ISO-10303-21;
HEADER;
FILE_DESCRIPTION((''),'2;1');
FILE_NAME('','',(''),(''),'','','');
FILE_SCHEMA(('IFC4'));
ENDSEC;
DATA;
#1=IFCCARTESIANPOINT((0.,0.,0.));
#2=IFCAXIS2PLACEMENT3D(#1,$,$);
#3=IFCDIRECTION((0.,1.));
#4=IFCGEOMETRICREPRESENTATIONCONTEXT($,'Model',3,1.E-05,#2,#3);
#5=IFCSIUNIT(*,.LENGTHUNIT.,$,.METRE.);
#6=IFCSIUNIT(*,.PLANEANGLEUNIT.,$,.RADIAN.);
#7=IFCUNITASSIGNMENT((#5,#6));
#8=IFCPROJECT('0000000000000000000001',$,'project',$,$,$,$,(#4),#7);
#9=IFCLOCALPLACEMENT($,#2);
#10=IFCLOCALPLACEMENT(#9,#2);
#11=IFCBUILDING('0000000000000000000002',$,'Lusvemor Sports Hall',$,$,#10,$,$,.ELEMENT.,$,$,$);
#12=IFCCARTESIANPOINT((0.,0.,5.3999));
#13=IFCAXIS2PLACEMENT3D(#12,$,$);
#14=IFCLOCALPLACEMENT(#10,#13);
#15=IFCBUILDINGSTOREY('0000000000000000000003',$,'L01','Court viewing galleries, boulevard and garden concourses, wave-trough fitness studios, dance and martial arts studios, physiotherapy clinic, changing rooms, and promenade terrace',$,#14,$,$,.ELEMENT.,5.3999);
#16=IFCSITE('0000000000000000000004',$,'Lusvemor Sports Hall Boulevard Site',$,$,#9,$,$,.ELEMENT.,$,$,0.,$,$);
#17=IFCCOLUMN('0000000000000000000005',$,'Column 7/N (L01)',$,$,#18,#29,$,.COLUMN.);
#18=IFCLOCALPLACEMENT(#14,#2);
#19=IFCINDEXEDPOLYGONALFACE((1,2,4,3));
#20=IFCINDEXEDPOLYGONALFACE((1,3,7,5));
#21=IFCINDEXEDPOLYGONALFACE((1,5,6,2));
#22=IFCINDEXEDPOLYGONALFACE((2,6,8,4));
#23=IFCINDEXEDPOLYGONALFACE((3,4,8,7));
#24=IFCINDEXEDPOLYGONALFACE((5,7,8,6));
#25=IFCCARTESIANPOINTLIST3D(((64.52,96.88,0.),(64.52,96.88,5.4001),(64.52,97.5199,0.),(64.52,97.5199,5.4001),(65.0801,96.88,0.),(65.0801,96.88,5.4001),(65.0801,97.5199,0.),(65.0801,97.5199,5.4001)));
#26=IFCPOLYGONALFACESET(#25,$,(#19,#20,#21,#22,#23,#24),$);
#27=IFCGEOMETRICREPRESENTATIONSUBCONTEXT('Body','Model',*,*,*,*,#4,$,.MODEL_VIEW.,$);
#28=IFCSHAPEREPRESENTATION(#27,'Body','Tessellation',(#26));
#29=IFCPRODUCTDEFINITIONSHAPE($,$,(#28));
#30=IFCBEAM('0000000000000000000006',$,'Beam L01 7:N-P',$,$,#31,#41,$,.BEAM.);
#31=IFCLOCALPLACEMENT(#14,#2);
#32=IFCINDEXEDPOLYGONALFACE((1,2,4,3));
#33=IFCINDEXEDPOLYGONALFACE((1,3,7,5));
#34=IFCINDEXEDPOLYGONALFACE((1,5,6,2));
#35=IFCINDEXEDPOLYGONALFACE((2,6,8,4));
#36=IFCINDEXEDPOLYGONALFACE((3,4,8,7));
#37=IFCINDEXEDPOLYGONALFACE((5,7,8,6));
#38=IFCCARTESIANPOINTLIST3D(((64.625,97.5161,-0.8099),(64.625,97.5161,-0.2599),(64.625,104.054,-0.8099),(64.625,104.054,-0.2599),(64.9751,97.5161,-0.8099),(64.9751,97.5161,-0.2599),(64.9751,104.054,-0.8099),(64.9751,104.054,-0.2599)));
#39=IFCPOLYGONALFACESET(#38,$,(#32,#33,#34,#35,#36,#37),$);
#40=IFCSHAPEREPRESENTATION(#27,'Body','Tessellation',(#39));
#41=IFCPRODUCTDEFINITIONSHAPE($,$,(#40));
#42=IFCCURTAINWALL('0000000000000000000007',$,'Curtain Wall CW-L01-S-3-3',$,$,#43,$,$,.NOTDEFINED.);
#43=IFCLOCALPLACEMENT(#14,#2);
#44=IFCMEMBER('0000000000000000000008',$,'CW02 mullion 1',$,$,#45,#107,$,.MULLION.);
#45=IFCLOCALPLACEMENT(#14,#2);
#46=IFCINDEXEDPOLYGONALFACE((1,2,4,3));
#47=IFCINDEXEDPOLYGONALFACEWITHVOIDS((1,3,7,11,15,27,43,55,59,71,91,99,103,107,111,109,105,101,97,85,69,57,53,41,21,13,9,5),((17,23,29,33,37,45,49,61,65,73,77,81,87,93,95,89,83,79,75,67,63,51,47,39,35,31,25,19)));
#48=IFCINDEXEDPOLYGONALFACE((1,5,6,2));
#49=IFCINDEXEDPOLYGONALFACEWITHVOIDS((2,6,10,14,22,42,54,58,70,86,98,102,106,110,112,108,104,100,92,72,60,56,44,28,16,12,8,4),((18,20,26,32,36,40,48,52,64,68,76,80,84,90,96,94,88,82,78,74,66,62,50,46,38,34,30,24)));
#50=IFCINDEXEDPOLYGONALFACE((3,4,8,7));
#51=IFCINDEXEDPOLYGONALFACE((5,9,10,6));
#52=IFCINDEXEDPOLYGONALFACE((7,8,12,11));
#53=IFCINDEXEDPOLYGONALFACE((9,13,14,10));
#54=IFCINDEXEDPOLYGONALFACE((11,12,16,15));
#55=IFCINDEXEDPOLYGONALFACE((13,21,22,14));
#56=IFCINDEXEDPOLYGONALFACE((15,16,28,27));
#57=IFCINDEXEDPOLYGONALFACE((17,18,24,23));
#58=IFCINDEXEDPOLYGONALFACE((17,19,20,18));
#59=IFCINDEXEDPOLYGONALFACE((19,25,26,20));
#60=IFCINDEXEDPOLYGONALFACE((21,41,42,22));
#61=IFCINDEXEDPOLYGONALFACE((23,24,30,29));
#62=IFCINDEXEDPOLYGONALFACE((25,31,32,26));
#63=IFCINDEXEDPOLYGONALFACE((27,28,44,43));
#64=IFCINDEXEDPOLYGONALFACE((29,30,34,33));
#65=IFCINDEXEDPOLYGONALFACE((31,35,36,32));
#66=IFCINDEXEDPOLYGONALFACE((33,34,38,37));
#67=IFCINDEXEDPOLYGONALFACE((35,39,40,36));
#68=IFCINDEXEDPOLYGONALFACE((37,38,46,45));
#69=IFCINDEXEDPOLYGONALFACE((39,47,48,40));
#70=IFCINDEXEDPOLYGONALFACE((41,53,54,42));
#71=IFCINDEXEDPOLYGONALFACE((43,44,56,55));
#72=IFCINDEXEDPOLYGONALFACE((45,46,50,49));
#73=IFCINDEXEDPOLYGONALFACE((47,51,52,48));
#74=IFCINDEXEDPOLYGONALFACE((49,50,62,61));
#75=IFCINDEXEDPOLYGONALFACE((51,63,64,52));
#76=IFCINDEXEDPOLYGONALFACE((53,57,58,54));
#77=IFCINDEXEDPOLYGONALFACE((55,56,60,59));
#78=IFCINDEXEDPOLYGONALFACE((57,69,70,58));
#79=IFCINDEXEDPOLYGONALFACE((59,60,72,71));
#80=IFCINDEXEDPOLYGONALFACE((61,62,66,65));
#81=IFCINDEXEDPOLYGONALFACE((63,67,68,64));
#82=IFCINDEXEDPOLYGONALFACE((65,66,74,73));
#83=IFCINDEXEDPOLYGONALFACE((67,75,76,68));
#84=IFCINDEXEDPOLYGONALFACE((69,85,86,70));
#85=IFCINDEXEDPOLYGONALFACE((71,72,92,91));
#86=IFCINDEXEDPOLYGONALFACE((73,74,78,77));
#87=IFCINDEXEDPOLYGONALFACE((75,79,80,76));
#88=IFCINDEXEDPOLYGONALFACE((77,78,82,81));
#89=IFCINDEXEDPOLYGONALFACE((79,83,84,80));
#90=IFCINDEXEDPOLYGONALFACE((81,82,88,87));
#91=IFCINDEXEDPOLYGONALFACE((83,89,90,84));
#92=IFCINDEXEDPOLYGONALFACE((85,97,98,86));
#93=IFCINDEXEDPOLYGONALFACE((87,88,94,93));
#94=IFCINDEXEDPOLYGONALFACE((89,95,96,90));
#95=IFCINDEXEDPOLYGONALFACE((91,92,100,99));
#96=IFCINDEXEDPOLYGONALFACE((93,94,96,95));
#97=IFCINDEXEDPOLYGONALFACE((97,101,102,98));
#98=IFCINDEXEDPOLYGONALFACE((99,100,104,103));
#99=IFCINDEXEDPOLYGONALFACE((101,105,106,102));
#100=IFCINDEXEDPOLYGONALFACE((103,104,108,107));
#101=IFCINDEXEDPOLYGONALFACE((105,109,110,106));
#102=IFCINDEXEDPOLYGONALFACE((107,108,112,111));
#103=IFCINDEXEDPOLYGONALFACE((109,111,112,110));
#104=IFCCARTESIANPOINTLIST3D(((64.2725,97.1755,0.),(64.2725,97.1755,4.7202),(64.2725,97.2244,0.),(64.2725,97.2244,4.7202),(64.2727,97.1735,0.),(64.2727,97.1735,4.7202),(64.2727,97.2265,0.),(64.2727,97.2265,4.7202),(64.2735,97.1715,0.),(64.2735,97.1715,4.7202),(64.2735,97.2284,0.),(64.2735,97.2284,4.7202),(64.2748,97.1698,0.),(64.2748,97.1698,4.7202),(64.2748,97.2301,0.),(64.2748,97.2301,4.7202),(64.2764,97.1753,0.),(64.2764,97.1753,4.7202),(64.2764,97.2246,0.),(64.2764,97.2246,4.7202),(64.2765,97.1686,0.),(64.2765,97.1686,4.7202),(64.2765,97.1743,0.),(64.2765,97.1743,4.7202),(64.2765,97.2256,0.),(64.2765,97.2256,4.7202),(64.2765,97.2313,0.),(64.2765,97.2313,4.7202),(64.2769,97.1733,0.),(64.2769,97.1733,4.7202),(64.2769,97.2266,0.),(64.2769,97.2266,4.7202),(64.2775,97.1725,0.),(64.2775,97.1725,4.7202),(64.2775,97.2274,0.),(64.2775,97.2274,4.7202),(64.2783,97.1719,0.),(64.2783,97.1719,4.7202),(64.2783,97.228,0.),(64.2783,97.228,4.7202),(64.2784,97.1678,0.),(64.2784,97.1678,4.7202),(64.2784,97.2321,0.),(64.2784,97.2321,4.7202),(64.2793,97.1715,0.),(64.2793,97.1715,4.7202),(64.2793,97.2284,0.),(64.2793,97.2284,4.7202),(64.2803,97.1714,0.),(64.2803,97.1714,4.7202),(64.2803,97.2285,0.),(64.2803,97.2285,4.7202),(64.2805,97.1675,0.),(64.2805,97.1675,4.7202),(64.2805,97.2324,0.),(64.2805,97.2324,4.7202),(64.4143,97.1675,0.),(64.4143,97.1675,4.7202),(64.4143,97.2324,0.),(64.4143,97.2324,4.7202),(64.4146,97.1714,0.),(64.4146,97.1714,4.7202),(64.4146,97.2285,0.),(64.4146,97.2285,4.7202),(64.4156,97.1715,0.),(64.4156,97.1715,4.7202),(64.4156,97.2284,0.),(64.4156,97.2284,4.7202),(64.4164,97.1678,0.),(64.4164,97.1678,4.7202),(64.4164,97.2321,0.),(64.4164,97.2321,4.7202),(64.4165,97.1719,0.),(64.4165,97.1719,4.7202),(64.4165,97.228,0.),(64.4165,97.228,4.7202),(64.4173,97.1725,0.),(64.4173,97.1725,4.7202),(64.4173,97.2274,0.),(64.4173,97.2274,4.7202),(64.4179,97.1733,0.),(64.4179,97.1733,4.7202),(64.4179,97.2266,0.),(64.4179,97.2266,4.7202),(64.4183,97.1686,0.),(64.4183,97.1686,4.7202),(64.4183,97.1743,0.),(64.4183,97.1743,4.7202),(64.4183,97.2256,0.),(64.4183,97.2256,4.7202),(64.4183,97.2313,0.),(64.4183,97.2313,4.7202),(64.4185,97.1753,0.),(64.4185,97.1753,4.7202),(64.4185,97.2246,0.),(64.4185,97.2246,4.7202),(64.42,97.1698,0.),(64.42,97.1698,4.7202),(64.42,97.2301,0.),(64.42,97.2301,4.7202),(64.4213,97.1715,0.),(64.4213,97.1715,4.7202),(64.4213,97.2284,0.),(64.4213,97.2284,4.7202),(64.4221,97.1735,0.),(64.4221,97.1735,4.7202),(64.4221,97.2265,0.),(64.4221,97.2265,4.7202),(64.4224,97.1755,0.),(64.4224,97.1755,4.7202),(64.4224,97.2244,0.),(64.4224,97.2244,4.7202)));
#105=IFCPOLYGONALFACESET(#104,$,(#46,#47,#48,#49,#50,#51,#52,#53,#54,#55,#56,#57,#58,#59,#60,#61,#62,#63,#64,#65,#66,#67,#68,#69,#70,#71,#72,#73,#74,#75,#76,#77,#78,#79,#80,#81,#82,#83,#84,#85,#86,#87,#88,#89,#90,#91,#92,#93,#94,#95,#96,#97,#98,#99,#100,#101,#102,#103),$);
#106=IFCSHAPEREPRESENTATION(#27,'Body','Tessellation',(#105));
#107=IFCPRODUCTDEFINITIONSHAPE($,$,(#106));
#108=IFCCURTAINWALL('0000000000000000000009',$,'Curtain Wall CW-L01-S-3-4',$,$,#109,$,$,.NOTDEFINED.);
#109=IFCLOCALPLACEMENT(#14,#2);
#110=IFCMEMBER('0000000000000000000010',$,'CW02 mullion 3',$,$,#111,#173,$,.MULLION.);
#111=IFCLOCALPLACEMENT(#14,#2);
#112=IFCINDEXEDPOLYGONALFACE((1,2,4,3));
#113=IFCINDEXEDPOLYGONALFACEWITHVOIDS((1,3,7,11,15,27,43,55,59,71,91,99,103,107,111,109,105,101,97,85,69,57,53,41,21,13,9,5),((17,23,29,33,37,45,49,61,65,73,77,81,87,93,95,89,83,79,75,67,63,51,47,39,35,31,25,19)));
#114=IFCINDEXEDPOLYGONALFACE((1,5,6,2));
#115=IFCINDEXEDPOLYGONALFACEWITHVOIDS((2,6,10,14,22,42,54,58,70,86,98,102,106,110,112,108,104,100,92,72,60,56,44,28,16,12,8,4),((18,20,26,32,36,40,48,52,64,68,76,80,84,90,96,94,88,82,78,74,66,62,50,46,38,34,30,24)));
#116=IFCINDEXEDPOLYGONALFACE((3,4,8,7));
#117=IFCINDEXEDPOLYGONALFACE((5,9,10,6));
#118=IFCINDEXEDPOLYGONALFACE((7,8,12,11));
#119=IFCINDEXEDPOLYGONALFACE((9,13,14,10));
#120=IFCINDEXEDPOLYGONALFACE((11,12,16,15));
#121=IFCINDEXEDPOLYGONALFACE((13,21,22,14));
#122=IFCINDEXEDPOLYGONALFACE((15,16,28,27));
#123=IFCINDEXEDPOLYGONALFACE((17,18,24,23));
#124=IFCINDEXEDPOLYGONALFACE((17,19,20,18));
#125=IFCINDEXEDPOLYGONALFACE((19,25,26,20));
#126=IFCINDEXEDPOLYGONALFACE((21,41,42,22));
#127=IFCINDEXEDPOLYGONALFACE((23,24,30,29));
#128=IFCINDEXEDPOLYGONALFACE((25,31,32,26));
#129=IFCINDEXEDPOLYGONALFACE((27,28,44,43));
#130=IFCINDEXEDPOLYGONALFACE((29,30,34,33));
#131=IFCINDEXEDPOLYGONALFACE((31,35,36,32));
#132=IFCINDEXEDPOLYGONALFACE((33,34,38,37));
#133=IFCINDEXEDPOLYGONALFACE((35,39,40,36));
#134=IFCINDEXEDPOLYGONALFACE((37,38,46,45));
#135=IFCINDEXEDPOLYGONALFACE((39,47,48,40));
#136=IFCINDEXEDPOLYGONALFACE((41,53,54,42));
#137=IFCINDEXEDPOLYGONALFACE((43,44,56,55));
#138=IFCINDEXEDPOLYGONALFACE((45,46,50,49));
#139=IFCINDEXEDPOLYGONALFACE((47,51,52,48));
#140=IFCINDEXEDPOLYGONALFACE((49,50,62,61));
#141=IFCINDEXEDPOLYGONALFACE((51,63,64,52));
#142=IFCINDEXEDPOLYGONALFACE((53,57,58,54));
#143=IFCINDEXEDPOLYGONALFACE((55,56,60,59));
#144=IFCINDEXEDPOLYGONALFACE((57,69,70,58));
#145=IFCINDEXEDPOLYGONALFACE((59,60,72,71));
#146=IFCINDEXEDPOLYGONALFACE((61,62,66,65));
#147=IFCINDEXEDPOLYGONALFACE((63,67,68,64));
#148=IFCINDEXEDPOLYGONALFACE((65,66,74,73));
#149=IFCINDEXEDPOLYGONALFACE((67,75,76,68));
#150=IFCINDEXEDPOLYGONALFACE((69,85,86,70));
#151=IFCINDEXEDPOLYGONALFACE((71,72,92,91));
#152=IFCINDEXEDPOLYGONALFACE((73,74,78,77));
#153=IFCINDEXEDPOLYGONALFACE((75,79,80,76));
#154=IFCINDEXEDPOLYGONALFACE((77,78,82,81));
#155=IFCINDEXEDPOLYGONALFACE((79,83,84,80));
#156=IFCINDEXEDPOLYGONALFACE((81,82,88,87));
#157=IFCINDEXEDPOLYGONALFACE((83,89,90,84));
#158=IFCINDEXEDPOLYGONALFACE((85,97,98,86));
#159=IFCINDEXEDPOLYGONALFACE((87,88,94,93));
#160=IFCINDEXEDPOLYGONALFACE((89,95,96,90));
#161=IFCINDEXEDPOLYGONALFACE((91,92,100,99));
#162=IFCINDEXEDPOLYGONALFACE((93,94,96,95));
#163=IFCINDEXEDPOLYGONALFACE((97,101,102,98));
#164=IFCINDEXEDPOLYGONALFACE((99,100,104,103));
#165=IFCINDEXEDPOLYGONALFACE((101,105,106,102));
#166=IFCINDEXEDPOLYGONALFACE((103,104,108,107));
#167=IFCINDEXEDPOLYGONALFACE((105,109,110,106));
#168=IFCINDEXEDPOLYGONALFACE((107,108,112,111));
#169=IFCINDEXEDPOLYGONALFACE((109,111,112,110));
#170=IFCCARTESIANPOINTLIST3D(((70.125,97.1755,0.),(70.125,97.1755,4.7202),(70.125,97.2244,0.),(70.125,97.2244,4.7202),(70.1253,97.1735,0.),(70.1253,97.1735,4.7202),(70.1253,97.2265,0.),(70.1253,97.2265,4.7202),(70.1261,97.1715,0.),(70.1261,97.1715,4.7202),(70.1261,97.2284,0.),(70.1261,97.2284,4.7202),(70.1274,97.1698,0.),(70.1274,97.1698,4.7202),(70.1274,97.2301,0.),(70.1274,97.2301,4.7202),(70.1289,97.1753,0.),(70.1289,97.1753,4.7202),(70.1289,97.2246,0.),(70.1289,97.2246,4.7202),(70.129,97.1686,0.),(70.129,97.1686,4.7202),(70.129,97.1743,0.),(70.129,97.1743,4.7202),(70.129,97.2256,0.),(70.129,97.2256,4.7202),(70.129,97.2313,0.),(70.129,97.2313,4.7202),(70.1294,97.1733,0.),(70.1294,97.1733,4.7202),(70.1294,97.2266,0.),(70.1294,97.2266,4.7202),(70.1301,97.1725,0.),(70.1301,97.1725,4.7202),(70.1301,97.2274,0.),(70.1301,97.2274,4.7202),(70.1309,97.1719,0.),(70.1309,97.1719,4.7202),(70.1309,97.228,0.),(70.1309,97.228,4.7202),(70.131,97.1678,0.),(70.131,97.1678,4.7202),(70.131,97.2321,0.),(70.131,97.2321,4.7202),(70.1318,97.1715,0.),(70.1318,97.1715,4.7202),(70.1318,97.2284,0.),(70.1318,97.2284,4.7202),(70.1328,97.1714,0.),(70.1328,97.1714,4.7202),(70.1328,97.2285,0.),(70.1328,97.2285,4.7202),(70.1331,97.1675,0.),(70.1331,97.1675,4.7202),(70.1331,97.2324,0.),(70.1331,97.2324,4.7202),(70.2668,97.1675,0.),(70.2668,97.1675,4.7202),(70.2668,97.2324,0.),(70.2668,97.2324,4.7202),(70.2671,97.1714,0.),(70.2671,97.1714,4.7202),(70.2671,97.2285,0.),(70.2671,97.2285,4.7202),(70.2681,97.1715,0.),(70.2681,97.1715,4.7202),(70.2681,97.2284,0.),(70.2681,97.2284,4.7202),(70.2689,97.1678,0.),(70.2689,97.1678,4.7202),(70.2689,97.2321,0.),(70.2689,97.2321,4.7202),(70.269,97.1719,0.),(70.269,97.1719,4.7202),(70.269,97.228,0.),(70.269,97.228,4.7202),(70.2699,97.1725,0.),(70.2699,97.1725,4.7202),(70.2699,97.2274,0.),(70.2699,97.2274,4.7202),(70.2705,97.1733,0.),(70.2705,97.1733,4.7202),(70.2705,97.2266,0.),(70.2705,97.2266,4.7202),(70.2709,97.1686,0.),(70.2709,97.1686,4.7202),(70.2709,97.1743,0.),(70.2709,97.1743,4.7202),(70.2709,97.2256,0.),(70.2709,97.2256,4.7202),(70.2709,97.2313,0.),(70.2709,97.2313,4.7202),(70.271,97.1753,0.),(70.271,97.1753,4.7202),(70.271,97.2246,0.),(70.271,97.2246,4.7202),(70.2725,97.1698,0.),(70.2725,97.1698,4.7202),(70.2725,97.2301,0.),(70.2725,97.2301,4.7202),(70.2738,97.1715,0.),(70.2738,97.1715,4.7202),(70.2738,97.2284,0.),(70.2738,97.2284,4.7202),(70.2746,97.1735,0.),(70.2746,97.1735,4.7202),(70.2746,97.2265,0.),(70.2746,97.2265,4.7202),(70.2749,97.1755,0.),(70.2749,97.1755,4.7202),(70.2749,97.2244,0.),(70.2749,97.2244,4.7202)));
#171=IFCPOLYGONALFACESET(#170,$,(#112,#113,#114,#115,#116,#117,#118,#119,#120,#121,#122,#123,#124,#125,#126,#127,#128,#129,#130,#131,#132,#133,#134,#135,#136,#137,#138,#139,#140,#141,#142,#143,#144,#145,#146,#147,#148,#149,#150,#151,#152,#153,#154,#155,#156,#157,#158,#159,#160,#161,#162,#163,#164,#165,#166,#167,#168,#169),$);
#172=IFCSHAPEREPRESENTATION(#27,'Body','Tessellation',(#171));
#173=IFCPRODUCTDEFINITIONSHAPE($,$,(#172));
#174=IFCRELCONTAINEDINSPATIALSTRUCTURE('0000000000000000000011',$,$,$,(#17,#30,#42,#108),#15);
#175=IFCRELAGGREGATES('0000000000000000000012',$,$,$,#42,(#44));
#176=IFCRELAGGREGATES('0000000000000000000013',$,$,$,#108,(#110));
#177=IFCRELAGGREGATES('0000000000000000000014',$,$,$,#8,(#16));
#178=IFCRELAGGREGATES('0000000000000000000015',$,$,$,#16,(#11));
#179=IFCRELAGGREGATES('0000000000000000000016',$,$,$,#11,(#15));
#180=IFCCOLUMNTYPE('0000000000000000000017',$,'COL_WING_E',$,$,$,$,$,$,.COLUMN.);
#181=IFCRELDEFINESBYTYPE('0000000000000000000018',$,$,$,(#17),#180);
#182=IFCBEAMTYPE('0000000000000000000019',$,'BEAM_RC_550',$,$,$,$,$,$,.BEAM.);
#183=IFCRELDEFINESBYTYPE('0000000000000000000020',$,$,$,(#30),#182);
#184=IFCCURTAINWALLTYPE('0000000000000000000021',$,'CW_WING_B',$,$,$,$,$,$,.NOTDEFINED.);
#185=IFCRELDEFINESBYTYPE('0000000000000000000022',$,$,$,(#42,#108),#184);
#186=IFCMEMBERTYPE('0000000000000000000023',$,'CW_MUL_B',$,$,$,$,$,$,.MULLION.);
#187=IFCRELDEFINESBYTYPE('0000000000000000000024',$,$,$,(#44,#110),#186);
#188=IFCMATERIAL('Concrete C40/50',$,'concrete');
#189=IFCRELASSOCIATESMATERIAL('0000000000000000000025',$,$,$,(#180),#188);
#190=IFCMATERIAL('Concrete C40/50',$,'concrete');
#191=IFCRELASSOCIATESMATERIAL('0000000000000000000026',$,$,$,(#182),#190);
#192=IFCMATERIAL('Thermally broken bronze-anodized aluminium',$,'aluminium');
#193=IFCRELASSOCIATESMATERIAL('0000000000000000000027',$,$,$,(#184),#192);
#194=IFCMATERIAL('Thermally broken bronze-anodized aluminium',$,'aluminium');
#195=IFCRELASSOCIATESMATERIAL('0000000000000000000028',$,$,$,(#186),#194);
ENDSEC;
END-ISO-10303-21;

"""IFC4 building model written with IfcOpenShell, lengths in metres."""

from ifc_helpers import new_model, si_unit, direction, frame, origin, origin_2d, place, context, subcontext, project, spatial, rectangle, hollow_rectangle, extrude, material, material_profile, profile_set, type_object, element, aggregate, save


model = new_model("IFC4")

# Units and contexts
model_context = context("Model", 3, precision=1e-05, world=origin(), true_north=direction((0.0, 1.0)))
body_context = subcontext(model_context, "Body", "Model", "MODEL_VIEW")
ifc_project = project(units=[si_unit("LENGTHUNIT", "METRE"), si_unit("PLANEANGLEUNIT", "RADIAN")], contexts=[model_context])

# Site, building, storey
site_placement = place(None, origin())
site = spatial("IfcSite", under=ifc_project, at=site_placement, Name="Lusvemor Sports Hall Boulevard Site", CompositionType="ELEMENT", RefElevation=0.0)
building_placement = place(site_placement, origin())
building = spatial("IfcBuilding", under=site, at=building_placement, Name="Lusvemor Sports Hall", CompositionType="ELEMENT")
storey_placement = place(building_placement, frame((0.0, 0.0, 5.3999)))
storey = spatial("IfcBuildingStorey", under=building, at=storey_placement, Name="L01", Description="Court viewing galleries, boulevard and garden concourses, wave-trough fitness studios, dance and martial arts studios, physiotherapy clinic, changing rooms, and promenade terrace", CompositionType="ELEMENT", Elevation=5.3999)

# Column
ifc_material_1 = material(Name="Concrete C40/50", Category="concrete")
ifc_material_profile_1 = material_profile(ifc_material_1, rectangle(XDim=0.5601, YDim=0.6399, at=origin_2d()), Name="RC560x640")
ifc_profile_set_1 = profile_set([ifc_material_profile_1], Name="Concrete C40/50")
column_type = type_object("IfcColumnType", Name="COL_WING_E", PredefinedType="COLUMN", material=ifc_profile_set_1)
column_placement = place(storey_placement, frame((64.8, 97.2, 0.0), z_axis=(0.0, 0.0, 1.0), x_axis=(1.0, 0.0, 0.0)))
element("IfcColumn", 1, at=column_placement, inside=storey, type_object=column_type, Name="Column 7/N (L01)", PredefinedType="COLUMN", context=body_context, shape_type="SweptSolid", body=[
    extrude(rectangle(XDim=0.5601, YDim=0.6399, at=origin_2d()), origin(), (0.0, 0.0, 1.0), 5.4001),
])

# Beam
ifc_material_2 = material(Name="Concrete C40/50", Category="concrete")
ifc_material_profile_2 = material_profile(ifc_material_2, rectangle(XDim=0.3501, YDim=0.55, at=origin_2d()), Name="RC350x550")
ifc_profile_set_2 = profile_set([ifc_material_profile_2], Name="Concrete C40/50")
beam_type_1 = type_object("IfcBeamType", Name="BEAM_RC_550", PredefinedType="BEAM", material=ifc_profile_set_2)
beam_1_placement = place(storey_placement, frame((64.8, 97.5161, -0.5349), z_axis=(0.0, 1.0, 0.0), x_axis=(-1.0, 0.0, 0.0)))
element("IfcBeam", 2, at=beam_1_placement, inside=storey, type_object=beam_type_1, Name="Beam L01 7:N-P", PredefinedType="BEAM", context=body_context, shape_type="SweptSolid", body=[
    extrude(rectangle(XDim=0.3501, YDim=0.55, at=origin_2d()), origin(), (0.0, 0.0, 1.0), 6.5378),
])

# Curtain wall, member
ifc_material_3 = material(Name="Thermally broken bronze-anodized aluminium", Category="aluminium")
curtain_wall_type = type_object("IfcCurtainWallType", Name="CW_WING_B", PredefinedType="NOTDEFINED", material=ifc_material_3)
curtain_wall_1_placement = place(storey_placement, origin())
curtain_wall_1 = element("IfcCurtainWall", 3, at=curtain_wall_1_placement, inside=storey, type_object=curtain_wall_type, Name="Curtain Wall CW-L01-S-3-3", PredefinedType="NOTDEFINED")
ifc_material_4 = material(Name="Thermally broken bronze-anodized aluminium", Category="aluminium")
ifc_material_profile_3 = material_profile(ifc_material_4, hollow_rectangle(XDim=0.0649, YDim=0.1499, WallThickness=0.0039, InnerFilletRadius=0.0039, OuterFilletRadius=0.0081, at=origin_2d()), Name="CWMUL150x65x4")
ifc_profile_set_3 = profile_set([ifc_material_profile_3], Name="Thermally broken bronze-anodized aluminium")
member_type_1 = type_object("IfcMemberType", Name="CW_MUL_B", PredefinedType="MULLION", material=ifc_profile_set_3)
member_1_placement = place(storey_placement, frame((64.3474, 97.2, 0.0), z_axis=(0.0, 0.0, 1.0), x_axis=(0.0, -1.0, 0.0)))
member_1 = element("IfcMember", 4, at=member_1_placement, type_object=member_type_1, Name="CW02 mullion 1", PredefinedType="MULLION", context=body_context, shape_type="SweptSolid", body=[
    extrude(hollow_rectangle(XDim=0.0649, YDim=0.1499, WallThickness=0.0039, InnerFilletRadius=0.0039, OuterFilletRadius=0.0081, at=origin_2d()), origin(), (0.0, 0.0, 1.0), 4.7202),
])

# Curtain wall, member
curtain_wall_2_placement = place(storey_placement, origin())
curtain_wall_2 = element("IfcCurtainWall", 5, at=curtain_wall_2_placement, inside=storey, type_object=curtain_wall_type, Name="Curtain Wall CW-L01-S-3-4", PredefinedType="NOTDEFINED")
member_2_placement = place(storey_placement, frame((70.2, 97.2, 0.0), z_axis=(0.0, 0.0, 1.0), x_axis=(0.0, -1.0, 0.0)))
member_2 = element("IfcMember", 6, at=member_2_placement, type_object=member_type_1, Name="CW02 mullion 3", PredefinedType="MULLION", context=body_context, shape_type="SweptSolid", body=[
    extrude(hollow_rectangle(XDim=0.0649, YDim=0.1499, WallThickness=0.0039, InnerFilletRadius=0.0039, OuterFilletRadius=0.0081, at=origin_2d()), origin(), (0.0, 0.0, 1.0), 4.7202),
])

aggregate(curtain_wall_1, [member_1])

aggregate(curtain_wall_2, [member_2])

save(model, "model.ifc")
